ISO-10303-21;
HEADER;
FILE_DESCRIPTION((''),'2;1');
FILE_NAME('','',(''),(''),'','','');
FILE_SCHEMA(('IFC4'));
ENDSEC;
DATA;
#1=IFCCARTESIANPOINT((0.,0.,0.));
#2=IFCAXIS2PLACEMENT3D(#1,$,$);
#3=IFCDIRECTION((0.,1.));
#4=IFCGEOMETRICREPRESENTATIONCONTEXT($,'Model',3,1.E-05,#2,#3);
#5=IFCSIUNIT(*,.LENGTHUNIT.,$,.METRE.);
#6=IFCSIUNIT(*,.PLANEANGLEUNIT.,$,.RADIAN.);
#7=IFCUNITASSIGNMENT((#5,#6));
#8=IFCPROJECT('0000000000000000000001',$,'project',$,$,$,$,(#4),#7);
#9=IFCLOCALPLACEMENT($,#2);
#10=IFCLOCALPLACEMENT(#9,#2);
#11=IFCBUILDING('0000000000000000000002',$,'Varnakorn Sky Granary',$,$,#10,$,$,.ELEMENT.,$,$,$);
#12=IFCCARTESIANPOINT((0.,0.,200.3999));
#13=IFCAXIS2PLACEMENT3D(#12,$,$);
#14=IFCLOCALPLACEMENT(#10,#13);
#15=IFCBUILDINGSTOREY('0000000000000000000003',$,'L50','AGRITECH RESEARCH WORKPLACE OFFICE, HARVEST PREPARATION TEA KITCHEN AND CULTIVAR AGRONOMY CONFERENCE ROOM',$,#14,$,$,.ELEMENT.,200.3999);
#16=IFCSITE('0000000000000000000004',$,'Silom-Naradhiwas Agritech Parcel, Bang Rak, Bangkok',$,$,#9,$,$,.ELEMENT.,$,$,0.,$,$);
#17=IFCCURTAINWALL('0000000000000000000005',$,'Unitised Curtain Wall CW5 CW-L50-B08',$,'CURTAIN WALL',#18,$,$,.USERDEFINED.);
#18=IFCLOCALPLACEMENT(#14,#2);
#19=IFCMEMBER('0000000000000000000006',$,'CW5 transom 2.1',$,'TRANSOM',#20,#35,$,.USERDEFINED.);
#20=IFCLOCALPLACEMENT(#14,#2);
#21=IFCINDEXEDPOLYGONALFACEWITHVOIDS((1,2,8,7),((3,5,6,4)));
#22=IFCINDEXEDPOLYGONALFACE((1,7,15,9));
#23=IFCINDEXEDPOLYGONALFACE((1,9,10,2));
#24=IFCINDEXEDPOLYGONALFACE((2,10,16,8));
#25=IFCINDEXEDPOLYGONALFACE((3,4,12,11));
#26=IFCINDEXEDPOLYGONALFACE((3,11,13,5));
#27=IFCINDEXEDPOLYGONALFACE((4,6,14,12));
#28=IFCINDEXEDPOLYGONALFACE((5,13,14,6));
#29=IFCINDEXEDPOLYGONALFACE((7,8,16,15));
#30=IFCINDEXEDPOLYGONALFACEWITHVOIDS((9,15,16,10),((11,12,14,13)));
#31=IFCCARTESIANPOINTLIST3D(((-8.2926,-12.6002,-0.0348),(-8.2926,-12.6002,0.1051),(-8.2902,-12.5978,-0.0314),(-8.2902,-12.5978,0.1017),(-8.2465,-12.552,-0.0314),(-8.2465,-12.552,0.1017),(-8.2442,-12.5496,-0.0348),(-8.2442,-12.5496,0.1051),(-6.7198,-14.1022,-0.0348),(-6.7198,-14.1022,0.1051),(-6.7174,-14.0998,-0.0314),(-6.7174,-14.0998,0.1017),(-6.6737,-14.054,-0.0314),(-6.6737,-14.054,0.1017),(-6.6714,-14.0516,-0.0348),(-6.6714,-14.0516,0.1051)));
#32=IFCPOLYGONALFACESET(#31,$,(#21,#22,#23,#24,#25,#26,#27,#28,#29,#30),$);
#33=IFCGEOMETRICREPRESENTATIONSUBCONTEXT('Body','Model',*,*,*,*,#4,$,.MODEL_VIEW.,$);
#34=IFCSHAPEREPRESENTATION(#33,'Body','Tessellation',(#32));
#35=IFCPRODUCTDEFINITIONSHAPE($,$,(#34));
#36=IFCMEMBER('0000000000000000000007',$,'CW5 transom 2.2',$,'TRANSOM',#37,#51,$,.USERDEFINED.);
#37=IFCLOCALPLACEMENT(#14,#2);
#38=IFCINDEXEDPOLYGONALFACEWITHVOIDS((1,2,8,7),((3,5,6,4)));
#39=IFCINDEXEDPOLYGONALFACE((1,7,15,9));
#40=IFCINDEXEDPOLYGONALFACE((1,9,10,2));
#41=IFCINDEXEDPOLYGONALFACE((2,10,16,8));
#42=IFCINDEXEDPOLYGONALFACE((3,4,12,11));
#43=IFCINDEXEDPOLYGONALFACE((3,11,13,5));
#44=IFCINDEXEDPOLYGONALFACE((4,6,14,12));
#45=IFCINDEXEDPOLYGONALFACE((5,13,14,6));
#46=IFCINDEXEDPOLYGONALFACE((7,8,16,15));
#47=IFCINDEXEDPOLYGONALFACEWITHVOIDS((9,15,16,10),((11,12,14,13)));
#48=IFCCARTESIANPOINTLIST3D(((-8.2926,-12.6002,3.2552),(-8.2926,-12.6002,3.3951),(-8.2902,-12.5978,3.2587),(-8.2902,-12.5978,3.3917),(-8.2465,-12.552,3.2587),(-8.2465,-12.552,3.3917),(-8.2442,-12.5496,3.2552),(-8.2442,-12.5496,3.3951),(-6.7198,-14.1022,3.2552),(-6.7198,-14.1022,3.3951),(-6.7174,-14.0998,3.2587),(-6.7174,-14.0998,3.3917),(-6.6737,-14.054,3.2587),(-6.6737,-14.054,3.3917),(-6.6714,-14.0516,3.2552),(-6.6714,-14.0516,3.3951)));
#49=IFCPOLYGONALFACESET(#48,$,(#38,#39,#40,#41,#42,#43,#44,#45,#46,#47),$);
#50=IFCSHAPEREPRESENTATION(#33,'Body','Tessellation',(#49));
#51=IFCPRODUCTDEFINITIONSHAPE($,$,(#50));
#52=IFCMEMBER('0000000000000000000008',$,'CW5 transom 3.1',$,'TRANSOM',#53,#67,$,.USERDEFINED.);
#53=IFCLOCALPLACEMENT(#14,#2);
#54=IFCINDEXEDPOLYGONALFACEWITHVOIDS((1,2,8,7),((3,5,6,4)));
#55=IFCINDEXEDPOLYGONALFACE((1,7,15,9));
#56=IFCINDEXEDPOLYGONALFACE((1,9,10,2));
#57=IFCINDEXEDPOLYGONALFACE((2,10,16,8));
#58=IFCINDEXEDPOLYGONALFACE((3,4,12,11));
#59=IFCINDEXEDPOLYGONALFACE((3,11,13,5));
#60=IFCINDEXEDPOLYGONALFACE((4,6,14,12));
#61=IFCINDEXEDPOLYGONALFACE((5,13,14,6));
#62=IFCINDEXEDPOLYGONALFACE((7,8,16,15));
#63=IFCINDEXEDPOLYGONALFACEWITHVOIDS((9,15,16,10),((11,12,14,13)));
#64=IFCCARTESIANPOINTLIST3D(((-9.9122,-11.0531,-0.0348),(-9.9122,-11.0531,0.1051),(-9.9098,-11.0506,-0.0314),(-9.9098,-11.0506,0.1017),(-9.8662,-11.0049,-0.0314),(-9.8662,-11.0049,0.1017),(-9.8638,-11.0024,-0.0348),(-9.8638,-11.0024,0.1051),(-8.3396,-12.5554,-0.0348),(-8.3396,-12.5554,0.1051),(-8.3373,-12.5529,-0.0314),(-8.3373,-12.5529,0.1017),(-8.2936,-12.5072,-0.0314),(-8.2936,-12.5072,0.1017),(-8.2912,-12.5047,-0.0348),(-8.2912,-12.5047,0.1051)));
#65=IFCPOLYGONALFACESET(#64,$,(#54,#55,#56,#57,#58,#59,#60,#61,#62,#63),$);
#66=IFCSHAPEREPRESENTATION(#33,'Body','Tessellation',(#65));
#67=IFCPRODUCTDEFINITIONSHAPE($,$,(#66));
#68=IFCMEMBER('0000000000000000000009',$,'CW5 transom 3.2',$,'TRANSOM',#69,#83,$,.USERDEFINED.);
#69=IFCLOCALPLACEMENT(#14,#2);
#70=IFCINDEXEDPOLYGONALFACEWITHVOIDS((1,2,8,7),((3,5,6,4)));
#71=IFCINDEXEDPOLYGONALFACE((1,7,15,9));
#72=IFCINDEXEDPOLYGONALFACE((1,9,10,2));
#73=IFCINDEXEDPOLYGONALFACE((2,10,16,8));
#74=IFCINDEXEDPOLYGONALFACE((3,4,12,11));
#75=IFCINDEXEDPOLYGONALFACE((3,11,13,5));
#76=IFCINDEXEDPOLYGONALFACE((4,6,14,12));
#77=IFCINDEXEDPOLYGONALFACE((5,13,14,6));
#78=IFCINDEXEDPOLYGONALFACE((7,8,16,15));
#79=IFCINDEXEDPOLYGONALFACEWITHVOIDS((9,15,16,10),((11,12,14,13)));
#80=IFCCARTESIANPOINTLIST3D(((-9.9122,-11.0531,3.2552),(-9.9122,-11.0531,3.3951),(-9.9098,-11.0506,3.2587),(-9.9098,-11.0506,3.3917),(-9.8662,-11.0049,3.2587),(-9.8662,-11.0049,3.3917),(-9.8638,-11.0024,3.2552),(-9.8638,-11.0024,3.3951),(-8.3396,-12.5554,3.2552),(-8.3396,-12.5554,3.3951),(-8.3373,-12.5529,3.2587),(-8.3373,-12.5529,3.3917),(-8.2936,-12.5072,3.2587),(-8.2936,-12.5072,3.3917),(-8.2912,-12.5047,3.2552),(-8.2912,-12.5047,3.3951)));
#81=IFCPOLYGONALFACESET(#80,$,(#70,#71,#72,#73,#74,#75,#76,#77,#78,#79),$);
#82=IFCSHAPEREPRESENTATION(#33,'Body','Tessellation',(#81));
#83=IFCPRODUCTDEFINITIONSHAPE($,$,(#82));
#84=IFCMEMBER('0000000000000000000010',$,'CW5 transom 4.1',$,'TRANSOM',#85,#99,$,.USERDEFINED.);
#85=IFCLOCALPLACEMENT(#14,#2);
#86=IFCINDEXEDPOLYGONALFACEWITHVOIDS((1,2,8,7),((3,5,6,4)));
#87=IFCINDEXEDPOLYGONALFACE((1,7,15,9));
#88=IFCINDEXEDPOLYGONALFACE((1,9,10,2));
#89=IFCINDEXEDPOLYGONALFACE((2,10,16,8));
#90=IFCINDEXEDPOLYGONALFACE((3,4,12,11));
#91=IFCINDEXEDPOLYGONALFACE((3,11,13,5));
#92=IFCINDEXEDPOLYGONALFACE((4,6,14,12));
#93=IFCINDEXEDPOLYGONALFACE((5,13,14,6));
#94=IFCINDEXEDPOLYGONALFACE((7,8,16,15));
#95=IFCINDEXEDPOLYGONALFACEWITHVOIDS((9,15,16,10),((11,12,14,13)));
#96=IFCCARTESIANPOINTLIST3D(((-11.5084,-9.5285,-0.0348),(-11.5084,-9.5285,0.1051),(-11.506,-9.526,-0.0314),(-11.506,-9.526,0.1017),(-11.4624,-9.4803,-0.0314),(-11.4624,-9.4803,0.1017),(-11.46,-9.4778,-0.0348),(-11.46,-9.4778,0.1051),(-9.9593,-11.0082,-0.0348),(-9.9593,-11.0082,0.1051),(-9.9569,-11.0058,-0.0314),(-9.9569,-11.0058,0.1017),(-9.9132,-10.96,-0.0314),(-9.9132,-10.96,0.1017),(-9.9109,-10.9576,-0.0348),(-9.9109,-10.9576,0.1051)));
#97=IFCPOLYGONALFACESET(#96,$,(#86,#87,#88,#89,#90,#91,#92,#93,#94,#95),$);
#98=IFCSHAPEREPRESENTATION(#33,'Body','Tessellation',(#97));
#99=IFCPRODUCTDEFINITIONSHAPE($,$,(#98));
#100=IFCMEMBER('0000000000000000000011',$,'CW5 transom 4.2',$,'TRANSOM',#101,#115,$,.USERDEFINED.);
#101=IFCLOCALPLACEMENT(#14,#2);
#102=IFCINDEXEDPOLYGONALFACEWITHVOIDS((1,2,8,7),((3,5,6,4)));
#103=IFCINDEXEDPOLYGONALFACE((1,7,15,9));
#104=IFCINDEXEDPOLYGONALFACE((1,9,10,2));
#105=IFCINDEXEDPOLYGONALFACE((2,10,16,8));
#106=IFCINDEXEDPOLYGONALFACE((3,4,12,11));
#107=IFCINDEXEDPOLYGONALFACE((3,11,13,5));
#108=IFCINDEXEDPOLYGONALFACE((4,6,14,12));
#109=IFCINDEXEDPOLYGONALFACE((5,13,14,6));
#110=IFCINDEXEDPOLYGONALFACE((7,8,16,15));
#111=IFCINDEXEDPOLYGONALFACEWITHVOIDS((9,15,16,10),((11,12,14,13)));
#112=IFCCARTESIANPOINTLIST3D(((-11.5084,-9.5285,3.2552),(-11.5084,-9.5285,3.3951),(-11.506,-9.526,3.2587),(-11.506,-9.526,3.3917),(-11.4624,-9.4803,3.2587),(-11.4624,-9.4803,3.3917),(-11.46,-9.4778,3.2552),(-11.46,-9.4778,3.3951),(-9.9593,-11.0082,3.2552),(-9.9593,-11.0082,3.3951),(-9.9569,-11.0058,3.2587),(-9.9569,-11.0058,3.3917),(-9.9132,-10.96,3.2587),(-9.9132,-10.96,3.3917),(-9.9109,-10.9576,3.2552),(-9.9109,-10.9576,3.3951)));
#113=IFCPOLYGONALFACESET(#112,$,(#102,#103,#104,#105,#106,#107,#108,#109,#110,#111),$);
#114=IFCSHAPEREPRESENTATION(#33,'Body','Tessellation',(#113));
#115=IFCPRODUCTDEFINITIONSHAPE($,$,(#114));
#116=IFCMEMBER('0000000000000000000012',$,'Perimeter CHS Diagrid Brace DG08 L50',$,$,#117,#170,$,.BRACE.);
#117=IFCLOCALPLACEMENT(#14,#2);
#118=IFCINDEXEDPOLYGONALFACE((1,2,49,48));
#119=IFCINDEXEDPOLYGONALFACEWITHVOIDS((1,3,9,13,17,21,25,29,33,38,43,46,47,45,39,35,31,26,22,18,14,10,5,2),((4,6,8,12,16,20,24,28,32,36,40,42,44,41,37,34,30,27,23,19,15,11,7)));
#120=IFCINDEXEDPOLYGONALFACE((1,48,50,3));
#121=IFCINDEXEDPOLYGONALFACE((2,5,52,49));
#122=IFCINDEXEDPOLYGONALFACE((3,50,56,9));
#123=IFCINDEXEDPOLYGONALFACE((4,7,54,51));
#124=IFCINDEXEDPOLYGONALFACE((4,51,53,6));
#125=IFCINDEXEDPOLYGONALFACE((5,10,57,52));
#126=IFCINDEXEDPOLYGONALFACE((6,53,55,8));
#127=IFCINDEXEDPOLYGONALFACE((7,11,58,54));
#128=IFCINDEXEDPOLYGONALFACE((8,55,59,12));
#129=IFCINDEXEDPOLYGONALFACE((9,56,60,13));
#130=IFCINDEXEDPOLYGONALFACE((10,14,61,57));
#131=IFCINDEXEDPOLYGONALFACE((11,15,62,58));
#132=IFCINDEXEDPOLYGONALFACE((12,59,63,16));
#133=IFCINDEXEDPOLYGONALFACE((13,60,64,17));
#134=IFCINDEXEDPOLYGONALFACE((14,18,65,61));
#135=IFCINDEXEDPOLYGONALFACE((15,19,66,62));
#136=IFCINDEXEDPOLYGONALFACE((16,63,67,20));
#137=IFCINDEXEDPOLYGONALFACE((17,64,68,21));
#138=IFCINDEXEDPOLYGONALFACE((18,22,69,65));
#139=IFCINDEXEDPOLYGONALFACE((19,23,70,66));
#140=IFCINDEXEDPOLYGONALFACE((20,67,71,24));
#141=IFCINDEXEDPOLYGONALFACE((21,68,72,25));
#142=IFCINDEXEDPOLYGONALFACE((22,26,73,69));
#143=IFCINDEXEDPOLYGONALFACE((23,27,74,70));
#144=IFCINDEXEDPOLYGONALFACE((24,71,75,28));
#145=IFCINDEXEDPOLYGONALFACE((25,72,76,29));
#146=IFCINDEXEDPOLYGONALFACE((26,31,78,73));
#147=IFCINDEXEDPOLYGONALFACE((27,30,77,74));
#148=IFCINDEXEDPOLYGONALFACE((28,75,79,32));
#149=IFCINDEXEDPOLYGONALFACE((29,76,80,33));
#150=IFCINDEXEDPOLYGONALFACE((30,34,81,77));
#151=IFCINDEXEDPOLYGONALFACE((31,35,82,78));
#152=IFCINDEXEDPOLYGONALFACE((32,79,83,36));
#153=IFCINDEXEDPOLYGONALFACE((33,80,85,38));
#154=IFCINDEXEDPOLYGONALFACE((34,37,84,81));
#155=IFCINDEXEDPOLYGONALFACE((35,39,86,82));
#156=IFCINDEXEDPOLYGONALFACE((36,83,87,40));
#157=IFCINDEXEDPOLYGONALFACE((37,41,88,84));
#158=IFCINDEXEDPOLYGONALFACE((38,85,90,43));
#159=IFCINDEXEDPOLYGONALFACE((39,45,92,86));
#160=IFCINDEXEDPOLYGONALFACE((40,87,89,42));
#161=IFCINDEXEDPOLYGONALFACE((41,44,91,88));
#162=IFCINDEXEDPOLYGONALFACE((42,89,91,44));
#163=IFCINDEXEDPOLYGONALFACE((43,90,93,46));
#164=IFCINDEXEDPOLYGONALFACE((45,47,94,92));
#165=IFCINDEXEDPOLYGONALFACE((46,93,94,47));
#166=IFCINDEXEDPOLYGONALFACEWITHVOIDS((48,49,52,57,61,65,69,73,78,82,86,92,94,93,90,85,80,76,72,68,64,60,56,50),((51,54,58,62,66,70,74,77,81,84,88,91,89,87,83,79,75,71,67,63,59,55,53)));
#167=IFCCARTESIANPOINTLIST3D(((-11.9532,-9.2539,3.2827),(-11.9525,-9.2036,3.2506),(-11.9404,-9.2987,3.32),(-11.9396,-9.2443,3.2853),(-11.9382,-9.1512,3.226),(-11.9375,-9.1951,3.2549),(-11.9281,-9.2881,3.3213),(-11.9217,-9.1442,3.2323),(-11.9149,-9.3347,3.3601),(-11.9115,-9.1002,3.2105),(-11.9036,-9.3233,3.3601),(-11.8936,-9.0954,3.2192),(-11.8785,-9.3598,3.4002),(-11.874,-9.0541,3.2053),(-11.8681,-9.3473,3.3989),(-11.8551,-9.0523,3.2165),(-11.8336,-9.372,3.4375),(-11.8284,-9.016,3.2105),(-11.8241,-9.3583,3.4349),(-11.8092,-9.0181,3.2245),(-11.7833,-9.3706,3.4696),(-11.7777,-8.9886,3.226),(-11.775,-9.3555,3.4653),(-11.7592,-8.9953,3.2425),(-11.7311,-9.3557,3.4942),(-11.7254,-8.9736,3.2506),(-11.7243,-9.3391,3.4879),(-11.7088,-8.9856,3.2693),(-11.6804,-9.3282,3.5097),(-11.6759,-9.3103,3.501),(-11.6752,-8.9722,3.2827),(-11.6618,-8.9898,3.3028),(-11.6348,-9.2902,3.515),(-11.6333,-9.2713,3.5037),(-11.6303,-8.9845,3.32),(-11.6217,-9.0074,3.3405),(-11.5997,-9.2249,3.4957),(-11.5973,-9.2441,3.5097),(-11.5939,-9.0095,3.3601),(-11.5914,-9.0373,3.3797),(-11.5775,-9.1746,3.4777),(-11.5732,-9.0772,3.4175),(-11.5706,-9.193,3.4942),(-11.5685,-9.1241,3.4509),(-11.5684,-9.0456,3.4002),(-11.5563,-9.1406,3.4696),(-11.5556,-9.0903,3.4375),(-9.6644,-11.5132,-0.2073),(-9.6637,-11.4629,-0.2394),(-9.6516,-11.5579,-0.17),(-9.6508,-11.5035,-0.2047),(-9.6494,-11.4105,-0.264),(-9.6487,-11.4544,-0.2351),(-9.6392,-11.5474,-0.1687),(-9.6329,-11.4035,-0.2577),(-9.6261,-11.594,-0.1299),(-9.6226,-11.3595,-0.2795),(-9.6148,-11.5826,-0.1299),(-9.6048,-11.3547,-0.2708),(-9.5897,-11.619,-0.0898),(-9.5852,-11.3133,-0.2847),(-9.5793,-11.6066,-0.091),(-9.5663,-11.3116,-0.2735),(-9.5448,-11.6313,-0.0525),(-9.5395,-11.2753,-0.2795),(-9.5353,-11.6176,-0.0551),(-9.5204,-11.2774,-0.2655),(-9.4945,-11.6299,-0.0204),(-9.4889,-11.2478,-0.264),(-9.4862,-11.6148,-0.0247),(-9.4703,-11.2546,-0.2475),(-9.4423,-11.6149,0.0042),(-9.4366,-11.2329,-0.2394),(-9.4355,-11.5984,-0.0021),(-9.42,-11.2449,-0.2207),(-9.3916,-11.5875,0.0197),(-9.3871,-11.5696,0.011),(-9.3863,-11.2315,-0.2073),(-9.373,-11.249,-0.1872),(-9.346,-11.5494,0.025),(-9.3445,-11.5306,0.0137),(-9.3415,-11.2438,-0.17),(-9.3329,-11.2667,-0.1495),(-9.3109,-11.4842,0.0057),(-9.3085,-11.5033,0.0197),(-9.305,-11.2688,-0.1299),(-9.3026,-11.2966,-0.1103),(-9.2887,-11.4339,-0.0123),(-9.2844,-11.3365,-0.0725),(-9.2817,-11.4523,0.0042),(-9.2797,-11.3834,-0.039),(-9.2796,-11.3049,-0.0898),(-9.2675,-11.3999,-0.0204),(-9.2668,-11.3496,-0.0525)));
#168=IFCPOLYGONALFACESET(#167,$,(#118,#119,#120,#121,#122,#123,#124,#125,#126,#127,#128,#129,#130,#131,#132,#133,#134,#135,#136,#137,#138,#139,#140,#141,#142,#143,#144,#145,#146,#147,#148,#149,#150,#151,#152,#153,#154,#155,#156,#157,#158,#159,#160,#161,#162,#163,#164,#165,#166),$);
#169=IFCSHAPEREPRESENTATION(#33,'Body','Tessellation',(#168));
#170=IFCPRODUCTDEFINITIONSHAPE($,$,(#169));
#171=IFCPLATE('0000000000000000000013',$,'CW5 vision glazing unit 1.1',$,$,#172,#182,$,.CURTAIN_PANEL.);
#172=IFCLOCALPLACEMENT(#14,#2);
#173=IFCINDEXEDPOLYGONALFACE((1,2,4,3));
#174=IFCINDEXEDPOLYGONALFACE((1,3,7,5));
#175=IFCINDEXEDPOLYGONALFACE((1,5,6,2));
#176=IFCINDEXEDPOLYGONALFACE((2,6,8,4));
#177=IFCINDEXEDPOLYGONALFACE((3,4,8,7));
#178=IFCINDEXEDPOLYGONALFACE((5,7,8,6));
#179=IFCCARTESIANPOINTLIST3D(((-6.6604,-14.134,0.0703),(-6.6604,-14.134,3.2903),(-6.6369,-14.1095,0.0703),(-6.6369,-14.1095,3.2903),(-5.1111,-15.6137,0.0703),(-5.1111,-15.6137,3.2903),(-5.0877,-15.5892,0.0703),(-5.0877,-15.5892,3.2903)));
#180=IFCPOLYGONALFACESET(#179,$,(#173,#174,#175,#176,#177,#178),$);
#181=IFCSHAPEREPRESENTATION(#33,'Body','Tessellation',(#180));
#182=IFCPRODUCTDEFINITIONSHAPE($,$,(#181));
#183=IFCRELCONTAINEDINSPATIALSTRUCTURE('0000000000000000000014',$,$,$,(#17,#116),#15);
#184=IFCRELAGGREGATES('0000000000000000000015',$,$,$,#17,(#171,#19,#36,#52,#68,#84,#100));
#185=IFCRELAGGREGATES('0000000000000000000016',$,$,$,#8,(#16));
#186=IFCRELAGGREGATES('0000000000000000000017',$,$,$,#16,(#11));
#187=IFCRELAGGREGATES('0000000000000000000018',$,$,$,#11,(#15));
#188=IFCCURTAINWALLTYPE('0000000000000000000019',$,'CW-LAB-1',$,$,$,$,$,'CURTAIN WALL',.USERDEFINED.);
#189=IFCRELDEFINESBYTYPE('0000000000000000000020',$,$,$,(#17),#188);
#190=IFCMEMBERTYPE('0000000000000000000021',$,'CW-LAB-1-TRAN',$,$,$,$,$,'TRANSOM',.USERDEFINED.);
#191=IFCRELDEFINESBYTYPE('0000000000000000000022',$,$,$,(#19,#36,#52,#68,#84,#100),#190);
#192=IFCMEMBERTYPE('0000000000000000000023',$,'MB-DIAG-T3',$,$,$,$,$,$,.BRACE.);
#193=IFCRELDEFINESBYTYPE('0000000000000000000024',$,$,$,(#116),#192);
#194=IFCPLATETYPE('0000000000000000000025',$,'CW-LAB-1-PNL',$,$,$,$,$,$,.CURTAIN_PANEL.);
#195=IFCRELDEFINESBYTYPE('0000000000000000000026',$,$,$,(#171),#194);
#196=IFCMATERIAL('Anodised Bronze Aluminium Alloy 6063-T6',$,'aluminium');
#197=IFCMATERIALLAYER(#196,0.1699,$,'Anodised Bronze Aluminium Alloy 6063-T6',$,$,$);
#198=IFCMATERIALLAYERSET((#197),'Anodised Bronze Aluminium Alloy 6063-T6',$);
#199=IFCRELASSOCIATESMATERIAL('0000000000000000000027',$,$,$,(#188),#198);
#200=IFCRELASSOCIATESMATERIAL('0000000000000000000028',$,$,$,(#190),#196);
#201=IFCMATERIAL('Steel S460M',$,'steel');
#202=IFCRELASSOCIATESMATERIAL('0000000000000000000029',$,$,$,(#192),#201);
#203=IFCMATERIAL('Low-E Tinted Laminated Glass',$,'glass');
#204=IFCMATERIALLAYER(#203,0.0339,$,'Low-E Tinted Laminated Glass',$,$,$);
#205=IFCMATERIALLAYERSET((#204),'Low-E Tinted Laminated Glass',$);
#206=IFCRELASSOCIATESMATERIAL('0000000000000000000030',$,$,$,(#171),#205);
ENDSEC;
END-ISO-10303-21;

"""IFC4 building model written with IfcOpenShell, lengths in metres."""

from ifc_helpers import new_model, si_unit, direction, frame, origin, origin_2d, place, context, subcontext, project, spatial, rectangle, hollow_rectangle, hollow_circle, extrude, source, transform, mapped, material, layer, layer_set, material_profile, profile_set, type_object, element, aggregate, save


model = new_model("IFC4")

# Units and contexts
model_context = context("Model", 3, precision=1e-05, world=origin(), true_north=direction((0.0, 1.0)))
body_context = subcontext(model_context, "Body", "Model", "MODEL_VIEW")
ifc_project = project(units=[si_unit("LENGTHUNIT", "METRE"), si_unit("PLANEANGLEUNIT", "RADIAN")], contexts=[model_context])

# Site, building, storey
site_placement = place(None, origin())
site = spatial("IfcSite", under=ifc_project, at=site_placement, Name="Silom-Naradhiwas Agritech Parcel, Bang Rak, Bangkok", CompositionType="ELEMENT", RefElevation=0.0)
building_placement = place(site_placement, origin())
building = spatial("IfcBuilding", under=site, at=building_placement, Name="Varnakorn Sky Granary", CompositionType="ELEMENT")
storey_placement = place(building_placement, frame((0.0, 0.0, 200.3999)))
storey = spatial("IfcBuildingStorey", under=building, at=storey_placement, Name="L50", Description="AGRITECH RESEARCH WORKPLACE OFFICE, HARVEST PREPARATION TEA KITCHEN AND CULTIVAR AGRONOMY CONFERENCE ROOM", CompositionType="ELEMENT", Elevation=200.3999)

# Shared definitions
ifc_material_1 = material(Name="Steel S460M", Category="steel")

# Curtain wall, members
ifc_material_2 = material(Name="Anodised Bronze Aluminium Alloy 6063-T6", Category="aluminium")
ifc_layer_1 = layer(ifc_material_2, 0.1699, Name="Anodised Bronze Aluminium Alloy 6063-T6")
ifc_layer_set_1 = layer_set([ifc_layer_1], Name="Anodised Bronze Aluminium Alloy 6063-T6")
curtain_wall_type = type_object("IfcCurtainWallType", Name="CW-LAB-1", ElementType="CURTAIN WALL", PredefinedType="USERDEFINED", material=ifc_layer_set_1)
curtain_wall_placement = place(storey_placement, origin())
curtain_wall = element("IfcCurtainWall", 1, at=curtain_wall_placement, inside=storey, type_object=curtain_wall_type, Name="Unitised Curtain Wall CW5 CW-L50-B08", ObjectType="CURTAIN WALL", PredefinedType="USERDEFINED")
ifc_material_profile_1 = material_profile(ifc_material_2, hollow_rectangle(XDim=0.0701, YDim=0.1399, WallThickness=0.0034, at=origin_2d()), Name="ALU TRAN 70x140")
ifc_profile_set_1 = profile_set([ifc_material_profile_1], Name="Anodised Bronze Aluminium Alloy 6063-T6")
member_type_1 = type_object("IfcMemberType", Name="CW-LAB-1-TRAN", ElementType="TRANSOM", PredefinedType="USERDEFINED", material=ifc_profile_set_1)
member_1_placement = place(storey_placement, frame((-6.6956, -14.0769, 0.0352), z_axis=(-0.723198, 0.690641, 0.0), x_axis=(-0.690641, -0.723198, 0.0)))
member_1 = element("IfcMember", 2, at=member_1_placement, type_object=member_type_1, Name="CW5 transom 2.1", ObjectType="TRANSOM", PredefinedType="USERDEFINED", context=body_context, shape_type="SweptSolid", body=[
    extrude(hollow_rectangle(XDim=0.0701, YDim=0.1399, WallThickness=0.0034, at=origin_2d()), origin(), (0.0, 0.0, 1.0), 2.1748),
])
member_2_placement = place(storey_placement, frame((-6.6956, -14.0769, 3.3252), z_axis=(-0.723198, 0.690641, 0.0), x_axis=(-0.690641, -0.723198, 0.0)))
member_2 = element("IfcMember", 3, at=member_2_placement, type_object=member_type_1, Name="CW5 transom 2.2", ObjectType="TRANSOM", PredefinedType="USERDEFINED", context=body_context, shape_type="SweptSolid", body=[
    extrude(hollow_rectangle(XDim=0.0701, YDim=0.1399, WallThickness=0.0034, at=origin_2d()), origin(), (0.0, 0.0, 1.0), 2.1748),
])
member_3_placement = place(storey_placement, frame((-8.3154, -12.53, 0.0352), z_axis=(-0.723088, 0.690756, 0.0), x_axis=(-0.690756, -0.723088, 0.0)))
member_3 = element("IfcMember", 4, at=member_3_placement, type_object=member_type_1, Name="CW5 transom 3.1", ObjectType="TRANSOM", PredefinedType="USERDEFINED", context=body_context, shape_type="SweptSolid", body=[
    extrude(hollow_rectangle(XDim=0.0701, YDim=0.1399, WallThickness=0.0034, at=origin_2d()), origin(), (0.0, 0.0, 1.0), 2.1748),
])
member_4_placement = place(storey_placement, frame((-8.3154, -12.53, 3.3252), z_axis=(-0.723088, 0.690756, 0.0), x_axis=(-0.690756, -0.723088, 0.0)))
member_4 = element("IfcMember", 5, at=member_4_placement, type_object=member_type_1, Name="CW5 transom 3.2", ObjectType="TRANSOM", PredefinedType="USERDEFINED", context=body_context, shape_type="SweptSolid", body=[
    extrude(hollow_rectangle(XDim=0.0701, YDim=0.1399, WallThickness=0.0034, at=origin_2d()), origin(), (0.0, 0.0, 1.0), 2.1748),
])
member_5_placement = place(storey_placement, frame((-9.9351, -10.9829, 0.0352), z_axis=(-0.723105, 0.690739, 0.0), x_axis=(-0.690739, -0.723105, 0.0)))
member_5 = element("IfcMember", 6, at=member_5_placement, type_object=member_type_1, Name="CW5 transom 4.1", ObjectType="TRANSOM", PredefinedType="USERDEFINED", context=body_context, shape_type="SweptSolid", body=[
    extrude(hollow_rectangle(XDim=0.0701, YDim=0.1399, WallThickness=0.0034, at=origin_2d()), origin(), (0.0, 0.0, 1.0), 2.1423),
])
member_6_placement = place(storey_placement, frame((-9.9351, -10.9829, 3.3252), z_axis=(-0.723105, 0.690739, 0.0), x_axis=(-0.690739, -0.723105, 0.0)))
member_6 = element("IfcMember", 7, at=member_6_placement, type_object=member_type_1, Name="CW5 transom 4.2", ObjectType="TRANSOM", PredefinedType="USERDEFINED", context=body_context, shape_type="SweptSolid", body=[
    extrude(hollow_rectangle(XDim=0.0701, YDim=0.1399, WallThickness=0.0034, at=origin_2d()), origin(), (0.0, 0.0, 1.0), 2.1423),
])

# Member
ifc_material_profile_2 = material_profile(ifc_material_1, hollow_circle(Radius=0.2285, WallThickness=0.0161, at=origin_2d()), Name="CHS 457x16")
ifc_profile_set_2 = profile_set([ifc_material_profile_2], Name="Steel S460M")
member_type_2 = type_object("IfcMemberType", Name="MB-DIAG-T3", PredefinedType="BRACE", material=ifc_profile_set_2)
member_7_placement = place(storey_placement, frame((-9.4656, -11.4314, -0.1299), z_axis=(-0.482278, 0.476054, 0.735378), x_axis=(-0.702499, -0.711685, 0.0)))
element("IfcMember", 8, at=member_7_placement, inside=storey, type_object=member_type_2, Name="Perimeter CHS Diagrid Brace DG08 L50", PredefinedType="BRACE", context=body_context, shape_type="SweptSolid", body=[
    extrude(hollow_circle(Radius=0.2285, WallThickness=0.0161, at=origin_2d()), origin(), (0.0, 0.0, 1.0), 4.7458),
])

# Plate
ifc_material_3 = material(Name="Low-E Tinted Laminated Glass", Category="glass")
ifc_layer_2 = layer(ifc_material_3, 0.0339, Name="Low-E Tinted Laminated Glass")
ifc_layer_set_2 = layer_set([ifc_layer_2], Name="Low-E Tinted Laminated Glass")
plate_type = type_object("IfcPlateType", Name="CW-LAB-1-PNL", PredefinedType="CURTAIN_PANEL")
shared_shape_1 = source(origin(), body_context, "Body", "SweptSolid", [
    extrude(rectangle(XDim=2.1423, YDim=0.0339, at=origin_2d()), origin(), (0.0, 0.0, 1.0), 3.22),
])
plate_1_placement = place(storey_placement, frame((-5.874, -14.8616, 0.0703), z_axis=(0.0, 0.0, 1.0), x_axis=(-0.723144, 0.690697, 0.0)))
plate_1 = element("IfcPlate", 9, at=plate_1_placement, type_object=plate_type, material=ifc_layer_set_2, Name="CW5 vision glazing unit 1.1", PredefinedType="CURTAIN_PANEL", context=body_context, shape_type="MappedRepresentation", body=[
    mapped(shared_shape_1, transform((0.0, 0.0, 0.0), x_axis=(1.0, 0.0, 0.0), y_axis=(0.0, 1.0, 0.0), z_axis=(0.0, 0.0, 1.0), scale=1.0)),
])
aggregate(curtain_wall, [plate_1, member_1, member_2, member_3, member_4, member_5, member_6])

save(model, "model.ifc")
